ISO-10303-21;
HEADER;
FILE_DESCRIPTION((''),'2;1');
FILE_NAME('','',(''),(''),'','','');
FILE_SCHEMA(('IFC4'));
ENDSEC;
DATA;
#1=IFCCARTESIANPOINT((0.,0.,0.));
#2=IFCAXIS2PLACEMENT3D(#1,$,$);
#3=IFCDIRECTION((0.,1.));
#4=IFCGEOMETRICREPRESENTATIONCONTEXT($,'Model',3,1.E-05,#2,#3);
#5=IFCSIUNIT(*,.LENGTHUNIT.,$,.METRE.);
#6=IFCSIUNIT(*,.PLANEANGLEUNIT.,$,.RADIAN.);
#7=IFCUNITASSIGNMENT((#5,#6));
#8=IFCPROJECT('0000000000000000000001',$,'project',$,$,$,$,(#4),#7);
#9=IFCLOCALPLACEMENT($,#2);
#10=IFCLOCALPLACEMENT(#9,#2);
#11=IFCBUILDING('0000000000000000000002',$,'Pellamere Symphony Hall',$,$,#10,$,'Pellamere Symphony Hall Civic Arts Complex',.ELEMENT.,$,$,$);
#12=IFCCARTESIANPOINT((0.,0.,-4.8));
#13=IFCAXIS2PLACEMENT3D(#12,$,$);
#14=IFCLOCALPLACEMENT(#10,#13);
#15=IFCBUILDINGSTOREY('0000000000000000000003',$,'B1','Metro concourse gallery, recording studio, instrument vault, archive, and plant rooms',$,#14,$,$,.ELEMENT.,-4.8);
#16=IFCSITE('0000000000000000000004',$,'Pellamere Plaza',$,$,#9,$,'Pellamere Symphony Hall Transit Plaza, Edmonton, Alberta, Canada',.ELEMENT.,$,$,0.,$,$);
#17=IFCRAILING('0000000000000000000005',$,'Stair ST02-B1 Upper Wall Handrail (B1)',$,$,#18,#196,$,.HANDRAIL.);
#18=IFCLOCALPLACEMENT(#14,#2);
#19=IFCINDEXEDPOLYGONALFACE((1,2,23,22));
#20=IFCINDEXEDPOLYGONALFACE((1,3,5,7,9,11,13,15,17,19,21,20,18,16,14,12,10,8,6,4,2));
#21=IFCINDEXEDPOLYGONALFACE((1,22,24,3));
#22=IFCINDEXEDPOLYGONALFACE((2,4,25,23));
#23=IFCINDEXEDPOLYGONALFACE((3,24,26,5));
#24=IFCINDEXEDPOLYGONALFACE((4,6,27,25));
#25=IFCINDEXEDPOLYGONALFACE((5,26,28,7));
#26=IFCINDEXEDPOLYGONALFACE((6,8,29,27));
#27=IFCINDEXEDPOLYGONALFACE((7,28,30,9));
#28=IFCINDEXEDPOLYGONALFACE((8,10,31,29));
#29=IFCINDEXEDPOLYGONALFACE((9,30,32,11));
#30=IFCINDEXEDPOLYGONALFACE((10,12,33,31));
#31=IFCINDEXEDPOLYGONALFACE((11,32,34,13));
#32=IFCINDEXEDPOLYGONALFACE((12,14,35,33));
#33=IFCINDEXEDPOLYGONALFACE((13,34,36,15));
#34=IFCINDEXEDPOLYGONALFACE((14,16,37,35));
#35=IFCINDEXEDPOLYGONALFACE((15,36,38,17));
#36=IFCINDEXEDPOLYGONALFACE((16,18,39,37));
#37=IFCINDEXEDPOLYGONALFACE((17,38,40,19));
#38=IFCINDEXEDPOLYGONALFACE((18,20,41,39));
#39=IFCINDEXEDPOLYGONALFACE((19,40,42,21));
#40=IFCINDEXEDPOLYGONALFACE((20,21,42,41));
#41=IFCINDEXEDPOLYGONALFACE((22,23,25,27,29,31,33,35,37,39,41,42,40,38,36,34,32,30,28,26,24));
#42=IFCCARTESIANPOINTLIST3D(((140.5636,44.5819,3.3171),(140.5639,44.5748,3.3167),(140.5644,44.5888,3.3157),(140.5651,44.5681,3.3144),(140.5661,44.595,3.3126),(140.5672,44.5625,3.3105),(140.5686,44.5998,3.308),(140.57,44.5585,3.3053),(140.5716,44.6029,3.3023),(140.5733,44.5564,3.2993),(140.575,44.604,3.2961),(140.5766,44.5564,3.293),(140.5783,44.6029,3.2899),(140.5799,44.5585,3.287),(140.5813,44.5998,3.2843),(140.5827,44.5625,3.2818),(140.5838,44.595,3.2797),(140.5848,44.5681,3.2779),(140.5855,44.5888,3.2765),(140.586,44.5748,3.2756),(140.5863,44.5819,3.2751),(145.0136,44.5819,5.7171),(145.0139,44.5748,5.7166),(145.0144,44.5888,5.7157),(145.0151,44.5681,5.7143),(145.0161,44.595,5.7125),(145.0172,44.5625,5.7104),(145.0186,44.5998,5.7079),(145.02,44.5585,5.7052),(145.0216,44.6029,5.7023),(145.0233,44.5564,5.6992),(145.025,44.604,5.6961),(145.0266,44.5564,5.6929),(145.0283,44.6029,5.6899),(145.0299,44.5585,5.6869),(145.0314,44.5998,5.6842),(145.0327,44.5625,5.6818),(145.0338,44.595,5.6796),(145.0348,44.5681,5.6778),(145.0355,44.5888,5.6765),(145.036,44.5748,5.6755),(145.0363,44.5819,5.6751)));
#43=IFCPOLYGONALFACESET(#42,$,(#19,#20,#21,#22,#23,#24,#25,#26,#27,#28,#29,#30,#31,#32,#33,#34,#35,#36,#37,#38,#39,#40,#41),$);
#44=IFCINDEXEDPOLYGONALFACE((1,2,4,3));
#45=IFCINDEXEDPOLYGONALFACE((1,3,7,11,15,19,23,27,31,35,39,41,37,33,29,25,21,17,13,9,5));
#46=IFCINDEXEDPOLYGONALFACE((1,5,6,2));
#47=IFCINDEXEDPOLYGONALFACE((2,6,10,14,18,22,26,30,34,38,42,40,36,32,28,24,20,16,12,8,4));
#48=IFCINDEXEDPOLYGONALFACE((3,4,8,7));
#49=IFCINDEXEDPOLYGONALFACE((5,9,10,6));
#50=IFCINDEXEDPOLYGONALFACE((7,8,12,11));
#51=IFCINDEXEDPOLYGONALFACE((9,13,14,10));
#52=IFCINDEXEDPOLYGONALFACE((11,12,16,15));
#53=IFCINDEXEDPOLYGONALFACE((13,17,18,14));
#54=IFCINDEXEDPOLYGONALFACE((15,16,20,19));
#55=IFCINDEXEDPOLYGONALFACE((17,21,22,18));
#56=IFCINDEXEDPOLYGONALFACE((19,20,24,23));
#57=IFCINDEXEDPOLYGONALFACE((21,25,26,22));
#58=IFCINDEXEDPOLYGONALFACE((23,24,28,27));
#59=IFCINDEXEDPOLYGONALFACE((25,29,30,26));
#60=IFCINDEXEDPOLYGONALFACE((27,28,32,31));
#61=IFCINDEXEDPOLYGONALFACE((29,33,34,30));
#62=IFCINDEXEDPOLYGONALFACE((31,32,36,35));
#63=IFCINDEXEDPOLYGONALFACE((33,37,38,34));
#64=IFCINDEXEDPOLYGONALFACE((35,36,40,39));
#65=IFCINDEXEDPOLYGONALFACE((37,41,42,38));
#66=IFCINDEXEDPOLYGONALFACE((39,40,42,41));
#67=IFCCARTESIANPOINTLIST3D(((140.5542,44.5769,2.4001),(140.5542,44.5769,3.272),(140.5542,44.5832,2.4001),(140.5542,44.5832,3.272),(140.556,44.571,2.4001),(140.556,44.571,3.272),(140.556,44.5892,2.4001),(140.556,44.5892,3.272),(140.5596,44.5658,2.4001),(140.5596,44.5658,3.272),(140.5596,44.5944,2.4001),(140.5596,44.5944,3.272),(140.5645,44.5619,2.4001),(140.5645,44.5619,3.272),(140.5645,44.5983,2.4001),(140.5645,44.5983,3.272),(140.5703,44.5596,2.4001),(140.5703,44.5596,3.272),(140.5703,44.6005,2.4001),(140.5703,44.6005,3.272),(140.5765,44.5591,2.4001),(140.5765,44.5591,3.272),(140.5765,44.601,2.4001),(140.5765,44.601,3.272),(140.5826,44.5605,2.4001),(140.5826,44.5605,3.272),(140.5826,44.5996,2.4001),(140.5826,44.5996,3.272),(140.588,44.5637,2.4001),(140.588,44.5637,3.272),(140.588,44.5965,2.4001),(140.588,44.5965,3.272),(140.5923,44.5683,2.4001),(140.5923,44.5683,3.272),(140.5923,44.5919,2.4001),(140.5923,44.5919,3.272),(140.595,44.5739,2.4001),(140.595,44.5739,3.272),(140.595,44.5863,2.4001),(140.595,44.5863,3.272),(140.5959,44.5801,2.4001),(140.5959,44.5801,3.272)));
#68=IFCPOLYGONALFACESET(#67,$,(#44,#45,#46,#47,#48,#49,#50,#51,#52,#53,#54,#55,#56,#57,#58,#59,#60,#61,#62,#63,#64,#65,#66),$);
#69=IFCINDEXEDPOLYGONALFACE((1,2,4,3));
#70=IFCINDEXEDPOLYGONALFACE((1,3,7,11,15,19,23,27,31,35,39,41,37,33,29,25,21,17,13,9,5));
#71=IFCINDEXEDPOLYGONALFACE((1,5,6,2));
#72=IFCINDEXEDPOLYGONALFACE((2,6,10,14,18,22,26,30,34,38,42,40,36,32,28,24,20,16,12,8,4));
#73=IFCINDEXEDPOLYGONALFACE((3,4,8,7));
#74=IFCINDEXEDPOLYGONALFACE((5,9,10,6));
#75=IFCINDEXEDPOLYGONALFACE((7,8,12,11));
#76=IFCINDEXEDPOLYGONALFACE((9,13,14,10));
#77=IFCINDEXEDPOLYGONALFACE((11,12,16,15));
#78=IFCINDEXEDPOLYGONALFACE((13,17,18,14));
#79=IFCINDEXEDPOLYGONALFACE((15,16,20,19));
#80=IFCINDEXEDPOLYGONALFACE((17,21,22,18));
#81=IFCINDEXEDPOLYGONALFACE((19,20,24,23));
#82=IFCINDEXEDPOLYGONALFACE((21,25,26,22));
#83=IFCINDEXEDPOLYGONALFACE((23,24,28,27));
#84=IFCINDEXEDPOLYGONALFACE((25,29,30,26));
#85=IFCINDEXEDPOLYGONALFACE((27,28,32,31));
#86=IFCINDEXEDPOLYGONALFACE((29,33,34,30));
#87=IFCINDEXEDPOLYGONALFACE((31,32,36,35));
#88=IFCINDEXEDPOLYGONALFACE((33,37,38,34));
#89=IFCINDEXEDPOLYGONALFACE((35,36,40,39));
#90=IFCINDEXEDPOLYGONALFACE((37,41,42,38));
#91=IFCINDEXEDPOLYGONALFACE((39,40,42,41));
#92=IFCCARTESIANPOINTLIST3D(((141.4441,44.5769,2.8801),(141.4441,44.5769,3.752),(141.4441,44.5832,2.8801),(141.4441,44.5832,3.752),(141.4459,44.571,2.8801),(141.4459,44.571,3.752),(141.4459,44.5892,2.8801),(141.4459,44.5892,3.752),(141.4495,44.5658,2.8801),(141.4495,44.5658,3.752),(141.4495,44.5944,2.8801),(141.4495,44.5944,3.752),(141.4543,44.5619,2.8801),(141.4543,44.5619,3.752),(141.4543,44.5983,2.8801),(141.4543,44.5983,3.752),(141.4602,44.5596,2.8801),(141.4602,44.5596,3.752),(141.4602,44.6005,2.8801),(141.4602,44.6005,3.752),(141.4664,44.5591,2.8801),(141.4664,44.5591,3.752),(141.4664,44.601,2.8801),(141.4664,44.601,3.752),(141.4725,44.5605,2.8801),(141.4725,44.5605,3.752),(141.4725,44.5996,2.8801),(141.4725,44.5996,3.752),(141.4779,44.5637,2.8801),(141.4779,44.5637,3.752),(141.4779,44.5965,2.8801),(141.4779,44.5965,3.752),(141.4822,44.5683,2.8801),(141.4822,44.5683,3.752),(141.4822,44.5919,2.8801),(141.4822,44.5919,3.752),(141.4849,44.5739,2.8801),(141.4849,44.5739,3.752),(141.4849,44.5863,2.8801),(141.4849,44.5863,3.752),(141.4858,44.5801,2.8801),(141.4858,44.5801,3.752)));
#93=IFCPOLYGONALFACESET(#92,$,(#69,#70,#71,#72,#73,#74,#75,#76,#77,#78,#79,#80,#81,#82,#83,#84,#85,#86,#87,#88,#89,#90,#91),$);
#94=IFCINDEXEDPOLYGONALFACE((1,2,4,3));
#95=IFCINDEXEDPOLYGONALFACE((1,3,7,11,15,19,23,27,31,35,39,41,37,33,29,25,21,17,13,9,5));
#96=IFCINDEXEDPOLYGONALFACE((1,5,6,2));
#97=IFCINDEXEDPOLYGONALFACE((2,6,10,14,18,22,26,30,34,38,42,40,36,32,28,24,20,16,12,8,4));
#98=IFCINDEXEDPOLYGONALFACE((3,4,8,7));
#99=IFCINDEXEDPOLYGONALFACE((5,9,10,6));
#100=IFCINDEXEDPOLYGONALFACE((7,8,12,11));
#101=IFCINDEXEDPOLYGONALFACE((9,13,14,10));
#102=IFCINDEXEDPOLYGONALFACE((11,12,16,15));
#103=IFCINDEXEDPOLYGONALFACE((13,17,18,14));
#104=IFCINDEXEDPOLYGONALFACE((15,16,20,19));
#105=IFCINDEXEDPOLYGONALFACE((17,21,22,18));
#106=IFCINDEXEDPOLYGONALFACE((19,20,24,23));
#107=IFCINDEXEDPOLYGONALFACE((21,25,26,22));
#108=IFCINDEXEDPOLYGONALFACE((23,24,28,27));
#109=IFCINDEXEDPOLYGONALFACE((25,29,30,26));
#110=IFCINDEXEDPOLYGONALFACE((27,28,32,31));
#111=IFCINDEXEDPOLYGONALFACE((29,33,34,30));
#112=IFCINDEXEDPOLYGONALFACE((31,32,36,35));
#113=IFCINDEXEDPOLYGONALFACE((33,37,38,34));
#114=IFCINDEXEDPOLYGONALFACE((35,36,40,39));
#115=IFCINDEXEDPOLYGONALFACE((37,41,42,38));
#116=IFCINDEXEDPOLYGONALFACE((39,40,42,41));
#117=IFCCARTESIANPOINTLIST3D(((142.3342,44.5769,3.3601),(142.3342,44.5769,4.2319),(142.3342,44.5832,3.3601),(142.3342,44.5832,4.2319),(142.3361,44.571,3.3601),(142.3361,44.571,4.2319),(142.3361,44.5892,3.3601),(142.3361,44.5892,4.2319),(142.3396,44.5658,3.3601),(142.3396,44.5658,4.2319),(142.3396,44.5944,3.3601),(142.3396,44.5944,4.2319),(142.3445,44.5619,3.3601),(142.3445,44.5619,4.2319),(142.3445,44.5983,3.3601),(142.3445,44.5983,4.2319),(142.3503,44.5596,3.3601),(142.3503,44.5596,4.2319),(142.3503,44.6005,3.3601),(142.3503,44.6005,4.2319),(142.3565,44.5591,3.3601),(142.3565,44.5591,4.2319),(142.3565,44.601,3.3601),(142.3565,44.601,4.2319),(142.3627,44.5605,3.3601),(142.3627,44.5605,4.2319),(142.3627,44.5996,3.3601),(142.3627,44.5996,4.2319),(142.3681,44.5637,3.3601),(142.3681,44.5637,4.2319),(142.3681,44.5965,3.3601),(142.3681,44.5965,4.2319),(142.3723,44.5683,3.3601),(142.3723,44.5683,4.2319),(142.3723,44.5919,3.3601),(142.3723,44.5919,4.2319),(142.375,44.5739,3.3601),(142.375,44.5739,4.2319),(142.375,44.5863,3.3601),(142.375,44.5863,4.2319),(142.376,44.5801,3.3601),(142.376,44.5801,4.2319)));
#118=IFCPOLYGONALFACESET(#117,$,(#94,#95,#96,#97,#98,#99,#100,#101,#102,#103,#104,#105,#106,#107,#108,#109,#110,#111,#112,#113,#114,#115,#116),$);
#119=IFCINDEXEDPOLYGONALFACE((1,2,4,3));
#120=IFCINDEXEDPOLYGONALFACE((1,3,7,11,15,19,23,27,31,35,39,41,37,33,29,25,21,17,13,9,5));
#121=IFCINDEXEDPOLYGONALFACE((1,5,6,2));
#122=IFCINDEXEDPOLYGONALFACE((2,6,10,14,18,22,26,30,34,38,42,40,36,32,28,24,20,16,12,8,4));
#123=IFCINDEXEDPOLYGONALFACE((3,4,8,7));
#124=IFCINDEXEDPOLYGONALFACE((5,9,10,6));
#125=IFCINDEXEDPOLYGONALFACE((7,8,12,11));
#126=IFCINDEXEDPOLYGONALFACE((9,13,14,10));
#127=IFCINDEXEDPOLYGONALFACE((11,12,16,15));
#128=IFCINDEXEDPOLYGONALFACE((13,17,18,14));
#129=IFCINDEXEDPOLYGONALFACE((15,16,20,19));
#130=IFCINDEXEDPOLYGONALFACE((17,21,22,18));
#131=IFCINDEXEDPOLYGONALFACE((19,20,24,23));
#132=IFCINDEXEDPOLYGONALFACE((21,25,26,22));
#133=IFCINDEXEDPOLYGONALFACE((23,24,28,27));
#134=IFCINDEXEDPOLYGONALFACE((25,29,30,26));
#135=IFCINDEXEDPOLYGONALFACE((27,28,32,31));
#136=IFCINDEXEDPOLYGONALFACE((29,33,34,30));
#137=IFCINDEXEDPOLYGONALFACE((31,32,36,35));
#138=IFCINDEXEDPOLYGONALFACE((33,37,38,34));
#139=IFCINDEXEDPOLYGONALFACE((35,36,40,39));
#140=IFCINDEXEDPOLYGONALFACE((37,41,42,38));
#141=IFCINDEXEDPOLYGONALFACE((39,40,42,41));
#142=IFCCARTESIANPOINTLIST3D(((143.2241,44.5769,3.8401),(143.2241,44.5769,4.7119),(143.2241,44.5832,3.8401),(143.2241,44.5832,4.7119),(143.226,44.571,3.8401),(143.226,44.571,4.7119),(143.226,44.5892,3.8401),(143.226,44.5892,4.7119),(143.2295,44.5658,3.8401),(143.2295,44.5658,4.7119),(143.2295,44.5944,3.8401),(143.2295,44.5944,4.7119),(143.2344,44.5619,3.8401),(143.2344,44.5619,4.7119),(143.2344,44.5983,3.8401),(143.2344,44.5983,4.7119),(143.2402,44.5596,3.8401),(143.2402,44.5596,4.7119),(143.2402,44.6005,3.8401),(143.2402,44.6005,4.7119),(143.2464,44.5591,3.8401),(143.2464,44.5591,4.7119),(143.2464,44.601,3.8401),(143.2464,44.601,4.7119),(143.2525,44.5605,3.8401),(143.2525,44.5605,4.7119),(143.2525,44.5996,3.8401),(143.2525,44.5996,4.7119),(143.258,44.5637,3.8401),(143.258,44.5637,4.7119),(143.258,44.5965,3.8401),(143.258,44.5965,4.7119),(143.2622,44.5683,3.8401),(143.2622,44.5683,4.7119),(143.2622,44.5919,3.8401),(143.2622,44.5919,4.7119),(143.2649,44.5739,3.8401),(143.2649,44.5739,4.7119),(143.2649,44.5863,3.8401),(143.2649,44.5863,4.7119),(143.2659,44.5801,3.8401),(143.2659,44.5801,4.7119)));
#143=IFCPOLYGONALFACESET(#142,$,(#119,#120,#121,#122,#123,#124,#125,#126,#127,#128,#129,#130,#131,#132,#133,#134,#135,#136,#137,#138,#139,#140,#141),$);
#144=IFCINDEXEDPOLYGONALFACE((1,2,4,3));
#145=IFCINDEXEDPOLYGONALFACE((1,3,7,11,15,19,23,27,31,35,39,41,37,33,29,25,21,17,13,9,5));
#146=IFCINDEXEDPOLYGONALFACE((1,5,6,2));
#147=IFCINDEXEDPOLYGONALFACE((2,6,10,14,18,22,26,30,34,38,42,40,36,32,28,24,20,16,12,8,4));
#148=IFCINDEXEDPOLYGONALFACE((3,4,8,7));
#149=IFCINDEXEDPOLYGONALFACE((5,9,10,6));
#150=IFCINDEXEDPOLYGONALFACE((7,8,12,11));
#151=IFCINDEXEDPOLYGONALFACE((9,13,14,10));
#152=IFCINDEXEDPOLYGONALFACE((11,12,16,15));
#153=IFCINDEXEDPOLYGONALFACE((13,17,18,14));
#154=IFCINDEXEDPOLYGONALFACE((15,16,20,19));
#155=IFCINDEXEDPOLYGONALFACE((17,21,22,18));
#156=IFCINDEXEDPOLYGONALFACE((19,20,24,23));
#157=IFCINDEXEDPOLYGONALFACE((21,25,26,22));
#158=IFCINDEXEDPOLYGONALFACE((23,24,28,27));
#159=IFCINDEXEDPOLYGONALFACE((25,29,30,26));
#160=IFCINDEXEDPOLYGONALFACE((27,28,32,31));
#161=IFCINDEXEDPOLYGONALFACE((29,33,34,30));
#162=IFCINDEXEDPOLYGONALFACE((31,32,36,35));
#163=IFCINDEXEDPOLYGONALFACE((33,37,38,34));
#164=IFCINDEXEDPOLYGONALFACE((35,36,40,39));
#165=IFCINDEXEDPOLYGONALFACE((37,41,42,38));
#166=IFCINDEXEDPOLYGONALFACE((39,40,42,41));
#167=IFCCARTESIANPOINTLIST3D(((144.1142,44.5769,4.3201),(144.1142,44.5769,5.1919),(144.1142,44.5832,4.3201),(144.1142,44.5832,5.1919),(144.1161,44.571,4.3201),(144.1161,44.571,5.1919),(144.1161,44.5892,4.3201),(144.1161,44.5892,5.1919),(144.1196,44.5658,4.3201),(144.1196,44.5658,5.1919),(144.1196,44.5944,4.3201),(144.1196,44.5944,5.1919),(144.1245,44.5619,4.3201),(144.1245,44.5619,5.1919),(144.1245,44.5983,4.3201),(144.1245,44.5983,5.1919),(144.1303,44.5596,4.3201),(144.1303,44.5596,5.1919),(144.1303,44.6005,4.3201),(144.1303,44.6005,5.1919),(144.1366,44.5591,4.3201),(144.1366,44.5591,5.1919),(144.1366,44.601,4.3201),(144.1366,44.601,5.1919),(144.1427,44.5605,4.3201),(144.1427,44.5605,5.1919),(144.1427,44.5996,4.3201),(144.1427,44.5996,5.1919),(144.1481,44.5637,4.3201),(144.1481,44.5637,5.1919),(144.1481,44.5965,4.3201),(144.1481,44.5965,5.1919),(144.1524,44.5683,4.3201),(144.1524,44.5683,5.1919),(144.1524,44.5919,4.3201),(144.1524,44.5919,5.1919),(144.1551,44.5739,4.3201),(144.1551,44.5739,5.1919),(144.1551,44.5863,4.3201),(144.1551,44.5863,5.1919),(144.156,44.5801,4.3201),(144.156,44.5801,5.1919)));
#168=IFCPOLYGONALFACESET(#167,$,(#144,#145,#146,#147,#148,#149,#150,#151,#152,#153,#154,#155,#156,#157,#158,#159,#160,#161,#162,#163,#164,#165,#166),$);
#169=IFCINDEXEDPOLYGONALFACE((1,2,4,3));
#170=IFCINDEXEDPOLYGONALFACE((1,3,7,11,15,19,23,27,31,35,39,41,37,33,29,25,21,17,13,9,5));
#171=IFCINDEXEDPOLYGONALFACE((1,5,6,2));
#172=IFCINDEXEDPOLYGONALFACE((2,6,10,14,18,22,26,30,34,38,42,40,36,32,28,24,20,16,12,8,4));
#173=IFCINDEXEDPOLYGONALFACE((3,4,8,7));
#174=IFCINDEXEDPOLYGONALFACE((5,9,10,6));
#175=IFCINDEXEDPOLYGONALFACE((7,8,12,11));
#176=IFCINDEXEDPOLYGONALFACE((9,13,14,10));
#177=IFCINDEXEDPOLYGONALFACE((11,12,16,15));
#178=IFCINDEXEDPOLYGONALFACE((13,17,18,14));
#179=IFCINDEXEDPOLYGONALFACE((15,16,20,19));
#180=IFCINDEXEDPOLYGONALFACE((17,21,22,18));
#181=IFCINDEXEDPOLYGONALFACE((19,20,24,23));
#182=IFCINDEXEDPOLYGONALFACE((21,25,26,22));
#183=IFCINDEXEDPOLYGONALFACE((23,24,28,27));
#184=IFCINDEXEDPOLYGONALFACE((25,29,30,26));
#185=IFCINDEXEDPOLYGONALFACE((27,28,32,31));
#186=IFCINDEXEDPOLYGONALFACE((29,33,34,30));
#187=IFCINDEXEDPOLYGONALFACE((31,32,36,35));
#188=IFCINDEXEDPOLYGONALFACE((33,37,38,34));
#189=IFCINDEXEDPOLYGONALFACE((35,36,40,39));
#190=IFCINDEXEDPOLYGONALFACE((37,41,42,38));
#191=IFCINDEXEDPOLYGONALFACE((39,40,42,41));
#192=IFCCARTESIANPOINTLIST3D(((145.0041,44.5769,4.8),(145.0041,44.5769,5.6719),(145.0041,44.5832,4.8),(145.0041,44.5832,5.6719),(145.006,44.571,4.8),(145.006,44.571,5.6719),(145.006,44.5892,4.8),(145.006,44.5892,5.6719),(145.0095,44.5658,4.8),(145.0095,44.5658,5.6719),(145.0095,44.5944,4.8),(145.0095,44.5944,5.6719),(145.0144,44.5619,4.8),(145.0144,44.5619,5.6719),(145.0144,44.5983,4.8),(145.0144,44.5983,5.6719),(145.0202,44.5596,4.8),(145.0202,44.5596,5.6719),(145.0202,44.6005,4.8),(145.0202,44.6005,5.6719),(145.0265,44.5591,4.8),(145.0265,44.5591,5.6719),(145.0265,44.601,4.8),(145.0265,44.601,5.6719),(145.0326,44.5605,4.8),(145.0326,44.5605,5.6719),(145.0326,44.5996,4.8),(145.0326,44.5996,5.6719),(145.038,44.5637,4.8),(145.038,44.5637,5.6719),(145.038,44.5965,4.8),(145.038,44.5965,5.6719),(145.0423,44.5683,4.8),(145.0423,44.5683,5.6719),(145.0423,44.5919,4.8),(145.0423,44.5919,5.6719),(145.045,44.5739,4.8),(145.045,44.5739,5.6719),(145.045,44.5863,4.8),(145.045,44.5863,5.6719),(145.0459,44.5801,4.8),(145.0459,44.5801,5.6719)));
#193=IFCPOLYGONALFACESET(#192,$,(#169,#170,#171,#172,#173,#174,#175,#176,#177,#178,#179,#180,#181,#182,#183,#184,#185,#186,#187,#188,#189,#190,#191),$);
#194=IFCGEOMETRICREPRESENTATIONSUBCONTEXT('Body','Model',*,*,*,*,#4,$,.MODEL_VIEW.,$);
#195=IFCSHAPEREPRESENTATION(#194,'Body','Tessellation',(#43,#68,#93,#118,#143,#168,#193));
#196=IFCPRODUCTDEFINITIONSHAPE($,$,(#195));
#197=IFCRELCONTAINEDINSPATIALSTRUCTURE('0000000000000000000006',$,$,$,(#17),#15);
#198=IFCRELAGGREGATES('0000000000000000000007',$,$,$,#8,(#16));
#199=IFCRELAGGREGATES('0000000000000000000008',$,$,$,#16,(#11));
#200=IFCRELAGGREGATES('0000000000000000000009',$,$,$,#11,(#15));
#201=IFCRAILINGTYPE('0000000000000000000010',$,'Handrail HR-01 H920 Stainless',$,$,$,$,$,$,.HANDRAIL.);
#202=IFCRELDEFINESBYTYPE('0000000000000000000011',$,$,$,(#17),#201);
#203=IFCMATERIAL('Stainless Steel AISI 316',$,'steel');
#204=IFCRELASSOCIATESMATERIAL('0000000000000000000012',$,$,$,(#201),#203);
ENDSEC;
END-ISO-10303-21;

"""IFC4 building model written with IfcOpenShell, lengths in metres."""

from ifc_helpers import new_model, si_unit, direction, frame, origin, origin_2d, place, context, subcontext, project, spatial, circle, extrude, material, type_object, element, save


model = new_model("IFC4")

# Units and contexts
model_context = context("Model", 3, precision=1e-05, world=origin(), true_north=direction((0.0, 1.0)))
body_context = subcontext(model_context, "Body", "Model", "MODEL_VIEW")
ifc_project = project(units=[si_unit("LENGTHUNIT", "METRE"), si_unit("PLANEANGLEUNIT", "RADIAN")], contexts=[model_context])

# Site, building, storey
site_placement = place(None, origin())
site = spatial("IfcSite", under=ifc_project, at=site_placement, Name="Pellamere Plaza", LongName="Pellamere Symphony Hall Transit Plaza, Edmonton, Alberta, Canada", CompositionType="ELEMENT", RefElevation=0.0)
building_placement = place(site_placement, origin())
building = spatial("IfcBuilding", under=site, at=building_placement, Name="Pellamere Symphony Hall", LongName="Pellamere Symphony Hall Civic Arts Complex", CompositionType="ELEMENT")
storey_placement = place(building_placement, frame((0.0, 0.0, -4.8)))
storey = spatial("IfcBuildingStorey", under=building, at=storey_placement, Name="B1", Description="Metro concourse gallery, recording studio, instrument vault, archive, and plant rooms", CompositionType="ELEMENT", Elevation=-4.8)

# Railing
ifc_material_1 = material(Name="Stainless Steel AISI 316", Category="steel")
railing_type_1 = type_object("IfcRailingType", Name="Handrail HR-01 H920 Stainless", PredefinedType="HANDRAIL", material=ifc_material_1)
railing_1_placement = place(storey_placement, frame((140.575, 44.5801, 2.4001)))
element("IfcRailing", 1, at=railing_1_placement, inside=storey, type_object=railing_type_1, Name="Stair ST02-B1 Upper Wall Handrail (B1)", PredefinedType="HANDRAIL", context=body_context, shape_type="SweptSolid", body=[
    extrude(circle(Radius=0.0239, at=origin_2d()), frame((0.0, 0.0, 0.896), z_axis=(0.880159, 0.0, 0.474679), x_axis=(0.0, 1.0, 0.0)), (0.0, 0.0, 1.0), 5.0559),
    extrude(circle(Radius=0.021, at=origin_2d()), origin(), (0.0, 0.0, 1.0), 0.8718),
    extrude(circle(Radius=0.021, at=origin_2d()), frame((0.8899, 0.0, 0.48)), (0.0, 0.0, 1.0), 0.8718),
    extrude(circle(Radius=0.021, at=origin_2d()), frame((1.78, 0.0, 0.96)), (0.0, 0.0, 1.0), 0.8718),
    extrude(circle(Radius=0.021, at=origin_2d()), frame((2.6699, 0.0, 1.4399)), (0.0, 0.0, 1.0), 0.8718),
    extrude(circle(Radius=0.021, at=origin_2d()), frame((3.5601, 0.0, 1.9199)), (0.0, 0.0, 1.0), 0.8718),
    extrude(circle(Radius=0.021, at=origin_2d()), frame((4.45, 0.0, 2.3999)), (0.0, 0.0, 1.0), 0.8718),
])

save(model, "model.ifc")
